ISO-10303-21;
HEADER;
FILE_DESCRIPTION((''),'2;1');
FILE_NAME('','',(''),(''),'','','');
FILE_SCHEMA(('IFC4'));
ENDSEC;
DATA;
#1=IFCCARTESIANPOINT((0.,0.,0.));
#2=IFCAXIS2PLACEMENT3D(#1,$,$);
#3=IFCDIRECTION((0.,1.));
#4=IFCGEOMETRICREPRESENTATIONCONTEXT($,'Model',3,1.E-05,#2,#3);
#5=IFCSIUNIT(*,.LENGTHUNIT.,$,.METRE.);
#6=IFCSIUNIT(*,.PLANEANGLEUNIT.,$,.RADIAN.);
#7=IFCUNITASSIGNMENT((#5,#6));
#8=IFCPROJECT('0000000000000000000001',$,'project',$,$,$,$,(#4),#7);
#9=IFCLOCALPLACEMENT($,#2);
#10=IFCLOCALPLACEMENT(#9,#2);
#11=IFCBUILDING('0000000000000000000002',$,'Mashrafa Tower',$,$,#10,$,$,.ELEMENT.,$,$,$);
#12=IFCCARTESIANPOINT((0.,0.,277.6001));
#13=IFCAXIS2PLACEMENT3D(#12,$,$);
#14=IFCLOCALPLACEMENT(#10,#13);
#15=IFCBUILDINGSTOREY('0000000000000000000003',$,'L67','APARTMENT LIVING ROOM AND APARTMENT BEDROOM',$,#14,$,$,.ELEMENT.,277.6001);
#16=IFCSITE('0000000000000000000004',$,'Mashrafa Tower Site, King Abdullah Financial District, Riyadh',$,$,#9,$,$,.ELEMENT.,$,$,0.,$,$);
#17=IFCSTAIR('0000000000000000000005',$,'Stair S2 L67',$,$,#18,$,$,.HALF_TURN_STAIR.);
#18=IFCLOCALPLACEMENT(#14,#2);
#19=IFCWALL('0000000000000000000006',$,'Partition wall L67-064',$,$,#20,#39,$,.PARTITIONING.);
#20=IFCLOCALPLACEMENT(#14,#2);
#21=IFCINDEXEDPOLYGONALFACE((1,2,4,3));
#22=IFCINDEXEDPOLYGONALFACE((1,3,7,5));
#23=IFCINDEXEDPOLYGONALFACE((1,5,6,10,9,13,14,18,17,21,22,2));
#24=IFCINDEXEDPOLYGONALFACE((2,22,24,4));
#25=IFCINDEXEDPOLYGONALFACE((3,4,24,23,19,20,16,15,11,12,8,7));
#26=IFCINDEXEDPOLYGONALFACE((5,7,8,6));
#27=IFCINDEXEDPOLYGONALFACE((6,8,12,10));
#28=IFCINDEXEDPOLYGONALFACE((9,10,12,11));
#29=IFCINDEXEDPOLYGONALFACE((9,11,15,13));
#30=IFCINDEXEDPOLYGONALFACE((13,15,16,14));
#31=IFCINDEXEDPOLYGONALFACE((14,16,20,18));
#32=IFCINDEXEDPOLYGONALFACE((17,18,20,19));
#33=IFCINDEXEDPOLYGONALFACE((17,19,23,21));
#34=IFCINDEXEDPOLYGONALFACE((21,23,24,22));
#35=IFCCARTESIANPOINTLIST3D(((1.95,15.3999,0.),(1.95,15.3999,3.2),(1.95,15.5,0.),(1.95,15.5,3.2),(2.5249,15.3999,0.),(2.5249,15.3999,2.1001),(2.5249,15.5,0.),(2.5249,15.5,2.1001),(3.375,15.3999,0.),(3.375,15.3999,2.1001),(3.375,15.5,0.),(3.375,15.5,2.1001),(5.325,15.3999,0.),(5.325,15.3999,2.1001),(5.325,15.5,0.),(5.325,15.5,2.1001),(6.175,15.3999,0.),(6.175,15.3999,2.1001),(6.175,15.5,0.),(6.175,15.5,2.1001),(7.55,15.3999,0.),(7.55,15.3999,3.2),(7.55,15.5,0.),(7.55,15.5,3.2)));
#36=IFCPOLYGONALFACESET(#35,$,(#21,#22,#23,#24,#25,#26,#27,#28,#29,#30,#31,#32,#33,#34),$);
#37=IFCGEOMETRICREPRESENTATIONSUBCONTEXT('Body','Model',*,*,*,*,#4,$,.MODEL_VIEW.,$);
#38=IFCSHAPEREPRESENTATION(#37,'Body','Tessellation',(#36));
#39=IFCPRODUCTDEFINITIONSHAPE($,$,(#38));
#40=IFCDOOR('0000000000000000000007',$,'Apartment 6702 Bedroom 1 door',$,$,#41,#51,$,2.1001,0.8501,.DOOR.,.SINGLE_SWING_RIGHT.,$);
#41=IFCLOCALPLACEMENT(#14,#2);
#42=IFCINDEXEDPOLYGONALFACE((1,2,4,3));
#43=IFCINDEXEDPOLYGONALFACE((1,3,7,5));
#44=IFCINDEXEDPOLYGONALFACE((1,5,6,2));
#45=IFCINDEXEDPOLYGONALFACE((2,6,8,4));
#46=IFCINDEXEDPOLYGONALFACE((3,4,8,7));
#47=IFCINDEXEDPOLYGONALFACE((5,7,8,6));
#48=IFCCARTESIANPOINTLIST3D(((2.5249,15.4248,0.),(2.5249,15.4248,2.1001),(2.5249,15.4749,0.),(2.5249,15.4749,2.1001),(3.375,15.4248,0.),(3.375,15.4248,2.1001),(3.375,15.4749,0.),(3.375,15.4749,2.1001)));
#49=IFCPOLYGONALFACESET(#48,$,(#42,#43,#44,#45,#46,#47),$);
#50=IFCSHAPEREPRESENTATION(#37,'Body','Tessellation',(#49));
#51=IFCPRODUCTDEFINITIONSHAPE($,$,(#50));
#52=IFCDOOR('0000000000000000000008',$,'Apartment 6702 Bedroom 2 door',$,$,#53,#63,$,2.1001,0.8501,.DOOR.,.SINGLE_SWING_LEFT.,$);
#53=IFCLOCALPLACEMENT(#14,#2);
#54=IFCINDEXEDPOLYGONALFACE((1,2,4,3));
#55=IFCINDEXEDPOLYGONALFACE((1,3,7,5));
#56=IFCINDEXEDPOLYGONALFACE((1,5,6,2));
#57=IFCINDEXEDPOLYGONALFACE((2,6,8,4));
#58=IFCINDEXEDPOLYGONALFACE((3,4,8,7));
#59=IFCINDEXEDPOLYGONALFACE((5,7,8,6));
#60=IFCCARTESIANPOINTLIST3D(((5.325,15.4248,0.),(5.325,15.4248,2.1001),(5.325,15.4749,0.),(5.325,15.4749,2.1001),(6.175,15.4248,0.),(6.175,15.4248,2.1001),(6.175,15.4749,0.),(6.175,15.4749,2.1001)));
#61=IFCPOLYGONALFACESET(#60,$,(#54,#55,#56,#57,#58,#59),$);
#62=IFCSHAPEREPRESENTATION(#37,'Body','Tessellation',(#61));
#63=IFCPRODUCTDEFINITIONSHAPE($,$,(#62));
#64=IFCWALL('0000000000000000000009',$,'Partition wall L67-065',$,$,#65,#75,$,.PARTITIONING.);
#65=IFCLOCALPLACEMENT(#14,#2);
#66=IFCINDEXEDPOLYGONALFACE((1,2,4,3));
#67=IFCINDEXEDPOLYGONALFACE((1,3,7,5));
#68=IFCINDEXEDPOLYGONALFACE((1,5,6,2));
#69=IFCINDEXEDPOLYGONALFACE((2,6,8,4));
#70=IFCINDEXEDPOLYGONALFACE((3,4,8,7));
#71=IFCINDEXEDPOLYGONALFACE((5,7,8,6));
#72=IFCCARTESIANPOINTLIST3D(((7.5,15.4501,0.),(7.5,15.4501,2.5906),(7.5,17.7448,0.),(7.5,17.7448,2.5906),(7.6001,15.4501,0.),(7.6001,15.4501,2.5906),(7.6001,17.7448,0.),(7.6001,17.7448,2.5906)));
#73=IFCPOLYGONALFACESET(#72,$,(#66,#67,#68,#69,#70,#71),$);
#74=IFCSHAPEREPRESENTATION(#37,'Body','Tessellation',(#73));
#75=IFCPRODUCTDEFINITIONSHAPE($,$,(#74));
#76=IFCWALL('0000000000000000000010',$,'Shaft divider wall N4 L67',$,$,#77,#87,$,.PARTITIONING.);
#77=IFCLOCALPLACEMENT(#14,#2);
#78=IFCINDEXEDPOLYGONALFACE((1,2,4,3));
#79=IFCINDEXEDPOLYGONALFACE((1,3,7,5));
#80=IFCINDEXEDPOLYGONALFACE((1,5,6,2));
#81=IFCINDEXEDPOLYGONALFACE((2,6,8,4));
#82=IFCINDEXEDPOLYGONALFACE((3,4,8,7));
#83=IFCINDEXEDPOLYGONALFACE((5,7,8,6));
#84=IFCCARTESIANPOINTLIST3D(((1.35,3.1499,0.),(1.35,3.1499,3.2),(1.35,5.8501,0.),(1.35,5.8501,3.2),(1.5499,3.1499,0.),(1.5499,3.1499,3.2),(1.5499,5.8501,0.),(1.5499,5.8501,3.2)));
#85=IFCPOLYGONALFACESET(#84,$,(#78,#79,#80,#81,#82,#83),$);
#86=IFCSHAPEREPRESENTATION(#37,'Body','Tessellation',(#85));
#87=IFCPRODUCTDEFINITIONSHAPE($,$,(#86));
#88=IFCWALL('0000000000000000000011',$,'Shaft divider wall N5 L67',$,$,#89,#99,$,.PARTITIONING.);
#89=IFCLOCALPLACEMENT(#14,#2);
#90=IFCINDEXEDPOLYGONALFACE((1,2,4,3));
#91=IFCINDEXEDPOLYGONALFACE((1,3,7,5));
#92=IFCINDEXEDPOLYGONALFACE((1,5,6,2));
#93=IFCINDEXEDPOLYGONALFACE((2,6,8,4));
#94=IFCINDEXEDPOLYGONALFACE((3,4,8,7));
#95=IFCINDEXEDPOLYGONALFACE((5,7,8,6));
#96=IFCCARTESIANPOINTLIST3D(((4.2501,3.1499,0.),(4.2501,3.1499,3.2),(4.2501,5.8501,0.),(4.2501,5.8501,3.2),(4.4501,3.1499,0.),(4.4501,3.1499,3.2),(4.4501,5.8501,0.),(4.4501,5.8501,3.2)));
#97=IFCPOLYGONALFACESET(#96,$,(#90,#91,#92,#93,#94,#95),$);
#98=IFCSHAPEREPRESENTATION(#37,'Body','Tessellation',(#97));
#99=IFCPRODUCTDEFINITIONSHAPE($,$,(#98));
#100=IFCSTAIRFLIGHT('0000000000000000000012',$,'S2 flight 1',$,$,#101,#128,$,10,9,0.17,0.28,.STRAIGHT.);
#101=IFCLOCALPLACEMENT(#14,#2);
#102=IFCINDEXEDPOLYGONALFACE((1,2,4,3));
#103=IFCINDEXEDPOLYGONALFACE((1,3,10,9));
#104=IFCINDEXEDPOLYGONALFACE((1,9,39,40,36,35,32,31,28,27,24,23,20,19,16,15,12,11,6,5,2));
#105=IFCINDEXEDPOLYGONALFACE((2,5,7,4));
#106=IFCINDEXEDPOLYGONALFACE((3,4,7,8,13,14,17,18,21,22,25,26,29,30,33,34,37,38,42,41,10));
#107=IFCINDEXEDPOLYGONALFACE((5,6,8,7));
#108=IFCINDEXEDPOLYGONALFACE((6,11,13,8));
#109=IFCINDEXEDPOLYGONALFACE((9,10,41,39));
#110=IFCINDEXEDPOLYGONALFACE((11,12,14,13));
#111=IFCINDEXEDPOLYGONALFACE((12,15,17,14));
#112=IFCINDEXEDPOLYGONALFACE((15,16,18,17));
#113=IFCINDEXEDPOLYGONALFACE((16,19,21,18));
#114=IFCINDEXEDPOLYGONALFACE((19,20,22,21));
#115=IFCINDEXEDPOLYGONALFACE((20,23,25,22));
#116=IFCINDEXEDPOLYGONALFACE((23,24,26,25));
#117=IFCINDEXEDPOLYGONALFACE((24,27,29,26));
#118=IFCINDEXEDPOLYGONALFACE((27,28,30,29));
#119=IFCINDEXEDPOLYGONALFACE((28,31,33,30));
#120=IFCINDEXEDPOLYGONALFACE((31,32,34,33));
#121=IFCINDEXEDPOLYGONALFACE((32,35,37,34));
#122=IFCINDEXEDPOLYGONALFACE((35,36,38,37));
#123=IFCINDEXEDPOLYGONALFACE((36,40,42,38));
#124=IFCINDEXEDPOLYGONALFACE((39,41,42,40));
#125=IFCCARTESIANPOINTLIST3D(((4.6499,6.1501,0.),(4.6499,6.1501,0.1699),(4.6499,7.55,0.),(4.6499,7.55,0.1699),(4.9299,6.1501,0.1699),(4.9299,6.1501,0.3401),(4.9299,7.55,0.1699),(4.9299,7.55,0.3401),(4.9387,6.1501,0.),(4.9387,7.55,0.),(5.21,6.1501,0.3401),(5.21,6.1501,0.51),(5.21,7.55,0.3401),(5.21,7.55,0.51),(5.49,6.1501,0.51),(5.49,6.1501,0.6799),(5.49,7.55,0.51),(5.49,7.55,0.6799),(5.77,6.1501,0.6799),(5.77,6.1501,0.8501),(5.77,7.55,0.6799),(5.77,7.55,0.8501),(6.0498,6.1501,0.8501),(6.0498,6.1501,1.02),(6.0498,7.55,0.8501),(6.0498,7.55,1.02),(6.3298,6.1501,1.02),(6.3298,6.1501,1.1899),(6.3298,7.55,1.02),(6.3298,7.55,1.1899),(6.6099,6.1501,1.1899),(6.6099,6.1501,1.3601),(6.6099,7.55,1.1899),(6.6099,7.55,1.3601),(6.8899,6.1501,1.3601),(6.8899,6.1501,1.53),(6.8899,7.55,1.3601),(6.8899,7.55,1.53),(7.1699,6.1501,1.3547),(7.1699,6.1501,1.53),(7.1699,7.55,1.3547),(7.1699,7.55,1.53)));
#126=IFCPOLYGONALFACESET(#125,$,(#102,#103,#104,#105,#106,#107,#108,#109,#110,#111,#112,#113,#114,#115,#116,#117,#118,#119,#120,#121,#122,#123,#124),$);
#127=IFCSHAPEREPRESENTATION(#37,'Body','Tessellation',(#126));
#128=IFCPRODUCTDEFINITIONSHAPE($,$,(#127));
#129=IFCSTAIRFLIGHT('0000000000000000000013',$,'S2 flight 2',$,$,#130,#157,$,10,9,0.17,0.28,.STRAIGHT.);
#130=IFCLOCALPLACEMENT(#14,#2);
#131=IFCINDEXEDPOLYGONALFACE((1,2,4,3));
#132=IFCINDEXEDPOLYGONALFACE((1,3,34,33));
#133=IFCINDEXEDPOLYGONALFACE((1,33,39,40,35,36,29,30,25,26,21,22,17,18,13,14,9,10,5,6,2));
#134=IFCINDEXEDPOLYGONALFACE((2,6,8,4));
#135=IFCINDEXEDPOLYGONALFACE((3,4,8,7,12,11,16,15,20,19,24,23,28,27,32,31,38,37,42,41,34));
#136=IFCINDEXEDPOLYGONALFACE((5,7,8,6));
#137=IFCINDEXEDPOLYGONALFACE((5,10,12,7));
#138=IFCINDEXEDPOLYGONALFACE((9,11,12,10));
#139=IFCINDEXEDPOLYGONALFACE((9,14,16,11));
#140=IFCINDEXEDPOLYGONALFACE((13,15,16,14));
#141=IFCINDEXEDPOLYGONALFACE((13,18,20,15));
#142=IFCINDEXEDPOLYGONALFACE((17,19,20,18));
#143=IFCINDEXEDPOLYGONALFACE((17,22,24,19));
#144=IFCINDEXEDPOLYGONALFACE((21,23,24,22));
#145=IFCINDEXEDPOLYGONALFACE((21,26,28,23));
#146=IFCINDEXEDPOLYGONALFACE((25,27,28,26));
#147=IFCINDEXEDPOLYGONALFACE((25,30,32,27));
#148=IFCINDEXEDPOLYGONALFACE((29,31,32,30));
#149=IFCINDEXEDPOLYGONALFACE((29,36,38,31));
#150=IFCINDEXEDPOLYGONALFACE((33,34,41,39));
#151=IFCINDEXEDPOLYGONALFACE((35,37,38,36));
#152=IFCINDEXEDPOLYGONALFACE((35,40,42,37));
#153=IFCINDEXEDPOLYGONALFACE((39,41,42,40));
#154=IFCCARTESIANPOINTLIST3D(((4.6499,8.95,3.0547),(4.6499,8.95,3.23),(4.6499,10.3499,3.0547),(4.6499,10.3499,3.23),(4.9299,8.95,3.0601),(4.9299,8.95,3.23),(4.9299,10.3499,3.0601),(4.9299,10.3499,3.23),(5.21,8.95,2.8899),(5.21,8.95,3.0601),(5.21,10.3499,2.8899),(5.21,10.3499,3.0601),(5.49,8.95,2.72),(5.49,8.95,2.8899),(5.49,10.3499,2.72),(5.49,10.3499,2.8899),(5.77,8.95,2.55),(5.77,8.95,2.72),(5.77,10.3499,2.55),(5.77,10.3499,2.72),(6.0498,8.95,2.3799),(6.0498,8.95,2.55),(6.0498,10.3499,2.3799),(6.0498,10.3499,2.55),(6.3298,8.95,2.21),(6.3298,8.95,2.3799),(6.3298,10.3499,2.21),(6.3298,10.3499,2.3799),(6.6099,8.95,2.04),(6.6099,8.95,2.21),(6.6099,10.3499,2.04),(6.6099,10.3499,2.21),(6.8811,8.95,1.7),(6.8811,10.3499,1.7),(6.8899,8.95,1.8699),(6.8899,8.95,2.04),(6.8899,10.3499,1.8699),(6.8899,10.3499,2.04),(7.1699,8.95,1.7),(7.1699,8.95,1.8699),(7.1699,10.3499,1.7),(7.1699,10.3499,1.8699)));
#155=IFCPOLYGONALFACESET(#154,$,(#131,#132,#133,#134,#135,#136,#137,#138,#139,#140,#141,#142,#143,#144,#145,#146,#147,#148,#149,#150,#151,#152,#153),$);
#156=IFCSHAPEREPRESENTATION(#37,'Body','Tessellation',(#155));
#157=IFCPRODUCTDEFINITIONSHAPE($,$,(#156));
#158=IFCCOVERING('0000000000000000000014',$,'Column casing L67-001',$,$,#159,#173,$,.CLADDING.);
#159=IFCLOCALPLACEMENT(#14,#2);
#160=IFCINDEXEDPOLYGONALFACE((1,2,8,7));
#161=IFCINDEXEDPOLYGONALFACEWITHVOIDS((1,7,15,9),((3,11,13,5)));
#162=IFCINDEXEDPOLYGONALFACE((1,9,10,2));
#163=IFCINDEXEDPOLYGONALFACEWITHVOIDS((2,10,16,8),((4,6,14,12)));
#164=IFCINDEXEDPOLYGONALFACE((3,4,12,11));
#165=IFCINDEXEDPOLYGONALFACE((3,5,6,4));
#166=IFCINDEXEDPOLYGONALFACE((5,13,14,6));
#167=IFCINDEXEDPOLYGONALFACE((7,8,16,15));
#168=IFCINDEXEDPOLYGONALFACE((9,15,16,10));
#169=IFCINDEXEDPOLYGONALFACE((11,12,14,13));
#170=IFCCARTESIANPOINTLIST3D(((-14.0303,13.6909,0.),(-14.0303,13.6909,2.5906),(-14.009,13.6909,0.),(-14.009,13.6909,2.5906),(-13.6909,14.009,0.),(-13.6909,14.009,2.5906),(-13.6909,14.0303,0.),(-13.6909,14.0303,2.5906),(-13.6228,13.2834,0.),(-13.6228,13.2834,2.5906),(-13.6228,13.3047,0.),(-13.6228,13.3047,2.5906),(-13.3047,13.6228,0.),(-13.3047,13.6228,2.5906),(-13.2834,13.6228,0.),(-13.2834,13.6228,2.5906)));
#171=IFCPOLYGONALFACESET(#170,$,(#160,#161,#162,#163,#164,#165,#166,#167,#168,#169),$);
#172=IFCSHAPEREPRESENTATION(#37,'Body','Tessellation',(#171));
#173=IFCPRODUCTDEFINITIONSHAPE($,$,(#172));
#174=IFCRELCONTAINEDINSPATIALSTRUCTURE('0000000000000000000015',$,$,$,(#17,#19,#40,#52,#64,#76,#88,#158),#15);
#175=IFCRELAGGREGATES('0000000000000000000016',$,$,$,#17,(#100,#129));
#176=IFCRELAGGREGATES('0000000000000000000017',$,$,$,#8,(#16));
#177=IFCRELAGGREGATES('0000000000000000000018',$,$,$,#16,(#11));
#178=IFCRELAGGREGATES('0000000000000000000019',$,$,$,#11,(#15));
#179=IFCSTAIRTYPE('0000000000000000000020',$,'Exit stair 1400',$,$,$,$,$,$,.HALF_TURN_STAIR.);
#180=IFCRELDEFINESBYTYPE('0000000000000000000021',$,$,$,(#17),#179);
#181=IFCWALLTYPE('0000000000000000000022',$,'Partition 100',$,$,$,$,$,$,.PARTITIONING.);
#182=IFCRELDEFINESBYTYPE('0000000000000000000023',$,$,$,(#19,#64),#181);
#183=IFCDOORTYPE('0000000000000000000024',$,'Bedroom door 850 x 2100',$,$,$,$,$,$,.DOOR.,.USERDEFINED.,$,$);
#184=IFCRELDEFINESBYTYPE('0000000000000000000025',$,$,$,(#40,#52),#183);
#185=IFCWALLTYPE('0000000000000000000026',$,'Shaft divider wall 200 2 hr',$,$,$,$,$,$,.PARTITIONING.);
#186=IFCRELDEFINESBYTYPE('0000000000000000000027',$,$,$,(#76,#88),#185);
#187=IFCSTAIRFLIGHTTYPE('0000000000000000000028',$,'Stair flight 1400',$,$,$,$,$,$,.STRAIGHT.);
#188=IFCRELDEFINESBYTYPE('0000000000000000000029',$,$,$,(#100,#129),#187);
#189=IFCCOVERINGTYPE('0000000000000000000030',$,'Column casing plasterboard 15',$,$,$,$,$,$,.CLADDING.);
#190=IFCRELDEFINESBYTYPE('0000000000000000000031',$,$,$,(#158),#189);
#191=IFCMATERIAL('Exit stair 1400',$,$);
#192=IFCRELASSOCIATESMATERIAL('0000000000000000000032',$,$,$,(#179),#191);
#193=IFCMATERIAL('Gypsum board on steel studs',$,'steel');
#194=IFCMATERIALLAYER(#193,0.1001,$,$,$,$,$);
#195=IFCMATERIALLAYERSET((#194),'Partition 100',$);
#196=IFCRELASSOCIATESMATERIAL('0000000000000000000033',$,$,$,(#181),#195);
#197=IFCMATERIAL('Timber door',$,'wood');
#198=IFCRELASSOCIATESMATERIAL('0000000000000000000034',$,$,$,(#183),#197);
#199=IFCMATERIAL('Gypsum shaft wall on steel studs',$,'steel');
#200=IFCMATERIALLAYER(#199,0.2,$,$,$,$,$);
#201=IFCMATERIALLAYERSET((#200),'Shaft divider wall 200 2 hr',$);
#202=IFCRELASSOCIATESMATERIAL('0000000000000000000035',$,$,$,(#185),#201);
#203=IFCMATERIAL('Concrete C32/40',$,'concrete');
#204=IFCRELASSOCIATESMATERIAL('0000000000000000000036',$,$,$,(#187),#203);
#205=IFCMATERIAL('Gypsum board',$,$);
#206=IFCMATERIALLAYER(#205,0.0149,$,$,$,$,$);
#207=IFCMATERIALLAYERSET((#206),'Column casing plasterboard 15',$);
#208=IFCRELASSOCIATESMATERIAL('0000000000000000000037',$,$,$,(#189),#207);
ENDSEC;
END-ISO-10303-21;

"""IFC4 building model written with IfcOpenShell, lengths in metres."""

from ifc_helpers import new_model, si_unit, direction, frame, frame_2d, origin, place, context, subcontext, project, spatial, polyline, rectangle, outline, extrude, material, layer, layer_set, type_object, element, fill, aggregate, save


model = new_model("IFC4")

# Units and contexts
model_context = context("Model", 3, precision=1e-05, world=origin(), true_north=direction((0.0, 1.0)))
body_context = subcontext(model_context, "Body", "Model", "MODEL_VIEW")
ifc_project = project(units=[si_unit("LENGTHUNIT", "METRE"), si_unit("PLANEANGLEUNIT", "RADIAN")], contexts=[model_context])

# Site, building, storey
site_placement = place(None, origin())
site = spatial("IfcSite", under=ifc_project, at=site_placement, Name="Mashrafa Tower Site, King Abdullah Financial District, Riyadh", CompositionType="ELEMENT", RefElevation=0.0)
building_placement = place(site_placement, origin())
building = spatial("IfcBuilding", under=site, at=building_placement, Name="Mashrafa Tower", CompositionType="ELEMENT")
storey_placement = place(building_placement, frame((0.0, 0.0, 277.6001)))
storey = spatial("IfcBuildingStorey", under=building, at=storey_placement, Name="L67", Description="APARTMENT LIVING ROOM AND APARTMENT BEDROOM", CompositionType="ELEMENT", Elevation=277.6001)

# Stair
ifc_material_1 = material(Name="Exit stair 1400")
stair_type = type_object("IfcStairType", Name="Exit stair 1400", PredefinedType="HALF_TURN_STAIR", material=ifc_material_1)
stair_1_placement = place(storey_placement, origin())
stair_1 = element("IfcStair", 1, at=stair_1_placement, inside=storey, type_object=stair_type, Name="Stair S2 L67", PredefinedType="HALF_TURN_STAIR")

# Shared definitions
ifc_material_2 = material(Name="Gypsum board on steel studs", Category="steel")
ifc_layer_1 = layer(ifc_material_2, 0.1001)
ifc_layer_set_1 = layer_set([ifc_layer_1], Name="Partition 100")
wall_type_1 = type_object("IfcWallType", Name="Partition 100", PredefinedType="PARTITIONING", material=ifc_layer_set_1)

# Wall, openings, doors
wall_1_placement = place(storey_placement, frame((1.95, 15.45, 0.0), z_axis=(0.0, 0.0, 1.0), x_axis=(1.0, 0.0, 0.0)))
wall_1 = element("IfcWall", 2, at=wall_1_placement, inside=storey, type_object=wall_type_1, Name="Partition wall L67-064", PredefinedType="PARTITIONING", context=body_context, shape_type="SweptSolid", body=[
    extrude(rectangle(XDim=5.6001, YDim=0.1001, at=frame_2d((2.8, 0.0))), origin(), (0.0, 0.0, 1.0), 3.2),
])
opening_1_placement = place(wall_1_placement, frame((0.575, 0.0, 0.0)))
opening_1 = element("IfcOpeningElement", 3, at=opening_1_placement, cuts=wall_1, PredefinedType="OPENING", context=body_context, shape_type="SweptSolid", body=[
    extrude(rectangle(XDim=0.8501, YDim=2.1001, at=frame_2d((0.425, 1.05))), frame((0.0, 0.0601, 0.0), z_axis=(0.0, -1.0, 0.0), x_axis=(1.0, 0.0, 0.0)), (0.0, 0.0, 1.0), 0.1201),
])
opening_2_placement = place(wall_1_placement, frame((3.375, 0.0, 0.0)))
opening_2 = element("IfcOpeningElement", 4, at=opening_2_placement, cuts=wall_1, PredefinedType="OPENING", context=body_context, shape_type="SweptSolid", body=[
    extrude(rectangle(XDim=0.8501, YDim=2.1001, at=frame_2d((0.425, 1.05))), frame((0.0, 0.0601, 0.0), z_axis=(0.0, -1.0, 0.0), x_axis=(1.0, 0.0, 0.0)), (0.0, 0.0, 1.0), 0.1201),
])
ifc_material_3 = material(Name="Timber door", Category="wood")
door_type_1 = type_object("IfcDoorType", Name="Bedroom door 850 x 2100", OperationType="USERDEFINED", PredefinedType="DOOR", material=ifc_material_3)
door_1_placement = place(opening_1_placement, origin())
door_1 = element("IfcDoor", 5, at=door_1_placement, inside=storey, type_object=door_type_1, Name="Apartment 6702 Bedroom 1 door", OperationType="SINGLE_SWING_RIGHT", OverallHeight=2.1001, OverallWidth=0.8501, PredefinedType="DOOR", context=body_context, shape_type="SweptSolid", body=[
    extrude(rectangle(XDim=0.8501, YDim=2.1001, at=frame_2d((0.425, 1.05))), frame((0.0, 0.0249, 0.0), z_axis=(0.0, -1.0, 0.0), x_axis=(1.0, 0.0, 0.0)), (0.0, 0.0, 1.0), 0.05),
])
fill(opening_1, door_1)
door_2_placement = place(opening_2_placement, origin())
door_2 = element("IfcDoor", 6, at=door_2_placement, inside=storey, type_object=door_type_1, Name="Apartment 6702 Bedroom 2 door", OperationType="SINGLE_SWING_LEFT", OverallHeight=2.1001, OverallWidth=0.8501, PredefinedType="DOOR", context=body_context, shape_type="SweptSolid", body=[
    extrude(rectangle(XDim=0.8501, YDim=2.1001, at=frame_2d((0.425, 1.05))), frame((0.0, 0.0249, 0.0), z_axis=(0.0, -1.0, 0.0), x_axis=(1.0, 0.0, 0.0)), (0.0, 0.0, 1.0), 0.05),
])
fill(opening_2, door_2)

# Walls
wall_2_placement = place(storey_placement, frame((7.55, 15.45, 0.0), z_axis=(0.0, 0.0, 1.0), x_axis=(0.0, 1.0, 0.0)))
element("IfcWall", 7, at=wall_2_placement, inside=storey, type_object=wall_type_1, Name="Partition wall L67-065", PredefinedType="PARTITIONING", context=body_context, shape_type="SweptSolid", body=[
    extrude(rectangle(XDim=2.2947, YDim=0.1001, at=frame_2d((1.1475, 0.0))), origin(), (0.0, 0.0, 1.0), 2.5906),
])
ifc_material_4 = material(Name="Gypsum shaft wall on steel studs", Category="steel")
ifc_layer_2 = layer(ifc_material_4, 0.2)
ifc_layer_set_2 = layer_set([ifc_layer_2], Name="Shaft divider wall 200 2 hr")
wall_type_2 = type_object("IfcWallType", Name="Shaft divider wall 200 2 hr", PredefinedType="PARTITIONING", material=ifc_layer_set_2)
for number, where, z_axis, x_axis, name in (
    (8, (1.45, 3.1499, 0.0), (0.0, 0.0, 1.0), (0.0, 1.0, 0.0), "Shaft divider wall N4 L67"),
    (9, (4.3501, 3.1499, 0.0), (0.0, 0.0, 1.0), (0.0, 1.0, 0.0), "Shaft divider wall N5 L67"),
):
    element("IfcWall", number, at=place(storey_placement, frame(where, z_axis=z_axis, x_axis=x_axis)), inside=storey, type_object=wall_type_2, Name=name, PredefinedType="PARTITIONING", context=body_context, shape_type="SweptSolid", body=[
        extrude(rectangle(XDim=2.7002, YDim=0.2, at=frame_2d((1.3501, 0.0))), origin(), (0.0, 0.0, 1.0), 3.2),
    ])

# Stair flights
ifc_material_5 = material(Name="Concrete C32/40", Category="concrete")
stair_flight_type = type_object("IfcStairFlightType", Name="Stair flight 1400", PredefinedType="STRAIGHT", material=ifc_material_5)
stair_flight_1_placement = place(storey_placement, frame((4.6499, 6.8501, 0.0), z_axis=(0.0, 0.0, 1.0), x_axis=(1.0, 0.0, 0.0)))
stair_flight_1 = element("IfcStairFlight", 10, at=stair_flight_1_placement, type_object=stair_flight_type, Name="S2 flight 1", NumberOfRisers=10, NumberOfTreads=9, PredefinedType="STRAIGHT", RiserHeight=0.17, TreadLength=0.28, context=body_context, shape_type="SweptSolid", body=[
    extrude(outline(polyline([(0.0, 0.0), (0.0, 0.1699), (0.28, 0.1699), (0.28, 0.3401), (0.5601, 0.3401), (0.5601, 0.51), (0.8401, 0.51), (0.8401, 0.6799), (1.1201, 0.6799), (1.1201, 0.8501), (1.3999, 0.8501), (1.3999, 1.02), (1.6799, 1.02), (1.6799, 1.1899), (1.96, 1.1899), (1.96, 1.3601), (2.24, 1.3601), (2.24, 1.53), (2.52, 1.53), (2.52, 1.7), (2.52, 1.3547), (0.2888, 0.0), (0.0, 0.0)])), frame((0.0, 0.7, 0.0), z_axis=(0.0, -1.0, 0.0), x_axis=(1.0, 0.0, 0.0)), (0.0, 0.0, 1.0), 1.3999),
])
stair_flight_2_placement = place(storey_placement, frame((7.1699, 9.6499, 1.7), z_axis=(0.0, 0.0, 1.0), x_axis=(-1.0, 0.0, 0.0)))
stair_flight_2 = element("IfcStairFlight", 11, at=stair_flight_2_placement, type_object=stair_flight_type, Name="S2 flight 2", NumberOfRisers=10, NumberOfTreads=9, PredefinedType="STRAIGHT", RiserHeight=0.17, TreadLength=0.28, context=body_context, shape_type="SweptSolid", body=[
    extrude(outline(polyline([(0.0, 0.0), (0.0, 0.1699), (0.28, 0.1699), (0.28, 0.3401), (0.5601, 0.3401), (0.5601, 0.51), (0.8401, 0.51), (0.8401, 0.6799), (1.1201, 0.6799), (1.1201, 0.8501), (1.3999, 0.8501), (1.3999, 1.02), (1.6799, 1.02), (1.6799, 1.1899), (1.96, 1.1899), (1.96, 1.3601), (2.24, 1.3601), (2.24, 1.53), (2.52, 1.53), (2.52, 1.7), (2.52, 1.3547), (0.2888, 0.0), (0.0, 0.0)])), frame((0.0, 0.7, 0.0), z_axis=(0.0, -1.0, 0.0), x_axis=(1.0, 0.0, 0.0)), (0.0, 0.0, 1.0), 1.3999),
])
aggregate(stair_1, [stair_flight_1, stair_flight_2])

# Covering
ifc_material_6 = material(Name="Gypsum board")
ifc_layer_3 = layer(ifc_material_6, 0.0149)
ifc_layer_set_3 = layer_set([ifc_layer_3], Name="Column casing plasterboard 15")
covering_type = type_object("IfcCoveringType", Name="Column casing plasterboard 15", PredefinedType="CLADDING", material=ifc_layer_set_3)
covering_1_placement = place(storey_placement, origin())
element("IfcCovering", 12, at=covering_1_placement, inside=storey, type_object=covering_type, Name="Column casing L67-001", PredefinedType="CLADDING", context=body_context, shape_type="SweptSolid", body=[
    extrude(outline(polyline([(-14.0303, 13.6909), (-13.6909, 14.0303), (-13.2834, 13.6228), (-13.6228, 13.2834), (-14.0303, 13.6909)]), holes=[polyline([(-13.3047, 13.6228), (-13.6909, 14.009), (-14.009, 13.6909), (-13.6228, 13.3047), (-13.3047, 13.6228)])]), origin(), (0.0, 0.0, 1.0), 2.5906),
])

save(model, "model.ifc")
